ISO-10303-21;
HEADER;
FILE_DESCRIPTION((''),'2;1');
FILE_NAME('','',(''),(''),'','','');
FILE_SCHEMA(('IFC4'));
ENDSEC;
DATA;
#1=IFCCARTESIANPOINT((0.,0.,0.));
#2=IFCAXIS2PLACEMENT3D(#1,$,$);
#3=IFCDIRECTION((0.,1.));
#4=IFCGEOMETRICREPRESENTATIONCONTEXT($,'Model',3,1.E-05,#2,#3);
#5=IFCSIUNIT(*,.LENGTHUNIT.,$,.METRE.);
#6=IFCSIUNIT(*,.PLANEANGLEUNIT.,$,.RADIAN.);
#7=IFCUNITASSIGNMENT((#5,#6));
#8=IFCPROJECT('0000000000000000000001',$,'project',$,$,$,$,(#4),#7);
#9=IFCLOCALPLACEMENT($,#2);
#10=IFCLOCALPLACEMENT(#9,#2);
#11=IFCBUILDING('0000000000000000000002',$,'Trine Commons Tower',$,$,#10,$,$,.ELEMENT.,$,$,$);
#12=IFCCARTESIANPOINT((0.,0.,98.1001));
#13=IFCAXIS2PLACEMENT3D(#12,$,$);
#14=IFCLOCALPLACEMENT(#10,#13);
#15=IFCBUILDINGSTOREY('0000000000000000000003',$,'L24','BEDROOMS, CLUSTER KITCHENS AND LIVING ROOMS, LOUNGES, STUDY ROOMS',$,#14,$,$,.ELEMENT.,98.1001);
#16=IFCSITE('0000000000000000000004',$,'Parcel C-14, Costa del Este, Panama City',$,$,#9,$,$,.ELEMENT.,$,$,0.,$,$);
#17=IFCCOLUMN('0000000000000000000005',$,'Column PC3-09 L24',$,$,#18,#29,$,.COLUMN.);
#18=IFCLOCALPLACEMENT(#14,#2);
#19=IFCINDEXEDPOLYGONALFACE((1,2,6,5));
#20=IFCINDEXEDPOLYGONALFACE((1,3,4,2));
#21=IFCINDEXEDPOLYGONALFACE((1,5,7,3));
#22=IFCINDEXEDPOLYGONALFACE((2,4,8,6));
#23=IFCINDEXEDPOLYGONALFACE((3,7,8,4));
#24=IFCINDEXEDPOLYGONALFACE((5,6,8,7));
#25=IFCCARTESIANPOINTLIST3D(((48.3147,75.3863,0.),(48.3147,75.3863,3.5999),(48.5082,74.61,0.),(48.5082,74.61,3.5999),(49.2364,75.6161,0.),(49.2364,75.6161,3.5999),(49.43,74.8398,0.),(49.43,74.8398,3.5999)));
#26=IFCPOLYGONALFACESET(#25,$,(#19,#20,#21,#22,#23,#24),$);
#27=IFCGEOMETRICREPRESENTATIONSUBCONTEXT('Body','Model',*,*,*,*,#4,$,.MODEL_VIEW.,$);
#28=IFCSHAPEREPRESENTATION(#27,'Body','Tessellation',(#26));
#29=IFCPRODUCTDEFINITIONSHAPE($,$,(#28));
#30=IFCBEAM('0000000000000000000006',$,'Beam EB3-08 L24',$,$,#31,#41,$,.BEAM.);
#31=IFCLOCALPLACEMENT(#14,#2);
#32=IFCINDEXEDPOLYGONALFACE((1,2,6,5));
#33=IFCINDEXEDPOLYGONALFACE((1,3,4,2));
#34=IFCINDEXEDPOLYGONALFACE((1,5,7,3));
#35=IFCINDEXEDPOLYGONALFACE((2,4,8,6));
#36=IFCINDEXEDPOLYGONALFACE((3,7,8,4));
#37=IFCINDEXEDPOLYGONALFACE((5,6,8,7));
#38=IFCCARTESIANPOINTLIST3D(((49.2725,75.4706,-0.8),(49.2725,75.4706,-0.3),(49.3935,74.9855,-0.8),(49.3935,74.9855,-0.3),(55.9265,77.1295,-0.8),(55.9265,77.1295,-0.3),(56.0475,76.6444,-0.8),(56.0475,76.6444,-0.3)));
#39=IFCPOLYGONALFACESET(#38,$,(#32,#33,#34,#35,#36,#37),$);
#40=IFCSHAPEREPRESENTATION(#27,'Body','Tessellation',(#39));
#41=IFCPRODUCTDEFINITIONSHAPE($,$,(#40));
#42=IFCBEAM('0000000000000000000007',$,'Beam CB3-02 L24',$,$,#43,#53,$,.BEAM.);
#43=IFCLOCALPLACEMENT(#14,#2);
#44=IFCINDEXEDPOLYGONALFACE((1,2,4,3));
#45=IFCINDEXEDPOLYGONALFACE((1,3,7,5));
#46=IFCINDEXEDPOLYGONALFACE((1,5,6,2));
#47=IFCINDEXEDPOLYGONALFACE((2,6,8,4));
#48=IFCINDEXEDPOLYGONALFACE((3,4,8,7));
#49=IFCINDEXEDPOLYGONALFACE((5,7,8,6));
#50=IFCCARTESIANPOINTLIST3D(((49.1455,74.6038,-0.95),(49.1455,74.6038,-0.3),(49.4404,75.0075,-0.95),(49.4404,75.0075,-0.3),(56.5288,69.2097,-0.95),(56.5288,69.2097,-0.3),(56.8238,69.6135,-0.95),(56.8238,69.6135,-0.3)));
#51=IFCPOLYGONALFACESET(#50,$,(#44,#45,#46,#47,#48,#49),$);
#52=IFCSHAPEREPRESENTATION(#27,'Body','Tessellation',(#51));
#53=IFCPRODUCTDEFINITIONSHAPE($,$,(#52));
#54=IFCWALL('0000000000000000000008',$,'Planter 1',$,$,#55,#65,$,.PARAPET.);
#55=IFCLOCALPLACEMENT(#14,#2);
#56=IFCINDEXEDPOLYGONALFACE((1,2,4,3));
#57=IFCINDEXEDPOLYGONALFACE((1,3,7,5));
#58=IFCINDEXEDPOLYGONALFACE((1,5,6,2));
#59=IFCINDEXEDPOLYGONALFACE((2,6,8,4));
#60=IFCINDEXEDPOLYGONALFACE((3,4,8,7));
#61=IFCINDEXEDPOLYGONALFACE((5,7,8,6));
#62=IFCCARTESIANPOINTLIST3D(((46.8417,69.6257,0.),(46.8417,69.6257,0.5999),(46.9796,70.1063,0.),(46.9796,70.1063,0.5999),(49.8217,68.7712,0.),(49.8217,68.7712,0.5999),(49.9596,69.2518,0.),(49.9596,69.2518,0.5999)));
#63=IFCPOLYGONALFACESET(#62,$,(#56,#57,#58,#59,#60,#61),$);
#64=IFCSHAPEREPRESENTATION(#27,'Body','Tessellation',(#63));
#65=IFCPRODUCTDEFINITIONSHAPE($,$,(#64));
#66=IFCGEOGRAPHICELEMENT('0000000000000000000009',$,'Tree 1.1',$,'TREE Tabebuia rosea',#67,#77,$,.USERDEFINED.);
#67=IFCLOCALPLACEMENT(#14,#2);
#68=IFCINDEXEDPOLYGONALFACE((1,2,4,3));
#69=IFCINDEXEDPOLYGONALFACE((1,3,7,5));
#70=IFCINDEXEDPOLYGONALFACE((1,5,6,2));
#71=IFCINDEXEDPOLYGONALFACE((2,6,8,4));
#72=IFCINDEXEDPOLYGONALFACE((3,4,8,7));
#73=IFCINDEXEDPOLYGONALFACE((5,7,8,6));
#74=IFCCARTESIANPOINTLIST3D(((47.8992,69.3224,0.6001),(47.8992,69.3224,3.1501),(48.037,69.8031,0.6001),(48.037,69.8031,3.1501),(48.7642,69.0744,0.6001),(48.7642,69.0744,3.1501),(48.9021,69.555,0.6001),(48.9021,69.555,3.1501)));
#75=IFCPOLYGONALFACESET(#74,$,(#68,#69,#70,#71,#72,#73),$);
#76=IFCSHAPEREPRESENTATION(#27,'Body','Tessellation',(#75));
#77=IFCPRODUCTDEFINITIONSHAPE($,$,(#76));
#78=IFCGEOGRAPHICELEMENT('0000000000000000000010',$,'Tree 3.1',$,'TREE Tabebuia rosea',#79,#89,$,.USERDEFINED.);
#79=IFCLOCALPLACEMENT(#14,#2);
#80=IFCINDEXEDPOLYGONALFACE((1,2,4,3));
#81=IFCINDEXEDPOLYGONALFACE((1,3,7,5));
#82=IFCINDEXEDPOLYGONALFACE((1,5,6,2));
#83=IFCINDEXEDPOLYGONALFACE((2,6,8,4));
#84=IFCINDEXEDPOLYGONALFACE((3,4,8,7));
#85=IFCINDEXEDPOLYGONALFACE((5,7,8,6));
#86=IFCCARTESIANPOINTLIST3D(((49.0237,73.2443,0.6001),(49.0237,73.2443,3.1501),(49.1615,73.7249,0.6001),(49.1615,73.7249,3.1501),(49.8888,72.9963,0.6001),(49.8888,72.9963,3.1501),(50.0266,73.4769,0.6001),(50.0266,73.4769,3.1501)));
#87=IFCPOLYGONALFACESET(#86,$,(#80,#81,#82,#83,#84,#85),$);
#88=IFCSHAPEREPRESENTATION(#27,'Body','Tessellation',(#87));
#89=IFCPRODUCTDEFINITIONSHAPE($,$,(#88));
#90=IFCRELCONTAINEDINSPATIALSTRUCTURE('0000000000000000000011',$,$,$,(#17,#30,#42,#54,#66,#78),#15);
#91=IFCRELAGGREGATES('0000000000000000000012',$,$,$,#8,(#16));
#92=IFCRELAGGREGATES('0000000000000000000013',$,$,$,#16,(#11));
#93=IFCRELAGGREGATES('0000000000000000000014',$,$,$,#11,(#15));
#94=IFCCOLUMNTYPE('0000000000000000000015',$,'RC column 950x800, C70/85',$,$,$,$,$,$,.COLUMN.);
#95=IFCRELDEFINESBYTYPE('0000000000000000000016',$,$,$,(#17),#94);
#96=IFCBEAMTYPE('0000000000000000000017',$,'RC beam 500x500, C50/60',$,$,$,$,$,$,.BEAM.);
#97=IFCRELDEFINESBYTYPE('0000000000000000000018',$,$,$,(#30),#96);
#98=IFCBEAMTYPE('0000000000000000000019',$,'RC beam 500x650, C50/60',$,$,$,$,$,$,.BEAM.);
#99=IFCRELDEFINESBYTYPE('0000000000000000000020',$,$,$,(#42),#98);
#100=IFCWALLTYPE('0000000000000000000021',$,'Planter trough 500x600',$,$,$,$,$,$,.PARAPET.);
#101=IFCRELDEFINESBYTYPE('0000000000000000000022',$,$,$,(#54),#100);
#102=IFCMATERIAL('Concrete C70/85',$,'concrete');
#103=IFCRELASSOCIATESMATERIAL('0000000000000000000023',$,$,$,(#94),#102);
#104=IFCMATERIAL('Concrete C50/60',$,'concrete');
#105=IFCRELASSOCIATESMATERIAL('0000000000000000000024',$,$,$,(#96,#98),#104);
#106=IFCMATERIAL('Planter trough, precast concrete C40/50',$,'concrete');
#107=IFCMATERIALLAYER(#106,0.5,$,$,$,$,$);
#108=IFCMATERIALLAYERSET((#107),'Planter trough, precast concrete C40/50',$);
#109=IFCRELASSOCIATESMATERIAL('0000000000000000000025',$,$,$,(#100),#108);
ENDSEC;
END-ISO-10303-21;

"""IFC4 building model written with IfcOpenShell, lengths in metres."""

from ifc_helpers import new_model, si_unit, direction, frame, frame_2d, origin, origin_2d, place, context, subcontext, project, spatial, rectangle, extrude, material, layer, layer_set, material_profile, profile_set, type_object, element, save


model = new_model("IFC4")

# Units and contexts
model_context = context("Model", 3, precision=1e-05, world=origin(), true_north=direction((0.0, 1.0)))
body_context = subcontext(model_context, "Body", "Model", "MODEL_VIEW")
ifc_project = project(units=[si_unit("LENGTHUNIT", "METRE"), si_unit("PLANEANGLEUNIT", "RADIAN")], contexts=[model_context])

# Site, building, storey
site_placement = place(None, origin())
site = spatial("IfcSite", under=ifc_project, at=site_placement, Name="Parcel C-14, Costa del Este, Panama City", CompositionType="ELEMENT", RefElevation=0.0)
building_placement = place(site_placement, origin())
building = spatial("IfcBuilding", under=site, at=building_placement, Name="Trine Commons Tower", CompositionType="ELEMENT")
storey_placement = place(building_placement, frame((0.0, 0.0, 98.1001)))
storey = spatial("IfcBuildingStorey", under=building, at=storey_placement, Name="L24", Description="BEDROOMS, CLUSTER KITCHENS AND LIVING ROOMS, LOUNGES, STUDY ROOMS", CompositionType="ELEMENT", Elevation=98.1001)

# Column
ifc_material_1 = material(Name="Concrete C70/85", Category="concrete")
ifc_material_profile_1 = material_profile(ifc_material_1, rectangle(XDim=0.95, YDim=0.8, at=origin_2d()), Name="RC 950x800")
ifc_profile_set_1 = profile_set([ifc_material_profile_1], Name="Concrete C70/85")
column_type = type_object("IfcColumnType", Name="RC column 950x800, C70/85", PredefinedType="COLUMN", material=ifc_profile_set_1)
column_placement = place(storey_placement, frame((48.8723, 75.113, 0.0), z_axis=(0.0, 0.0, 1.0), x_axis=(0.970296, 0.241922, 0.0)))
element("IfcColumn", 1, at=column_placement, inside=storey, type_object=column_type, Name="Column PC3-09 L24", PredefinedType="COLUMN", context=body_context, shape_type="SweptSolid", body=[
    extrude(rectangle(XDim=0.95, YDim=0.8, at=origin_2d()), origin(), (0.0, 0.0, 1.0), 3.5999),
])

# Beams
ifc_material_2 = material(Name="Concrete C50/60", Category="concrete")
ifc_material_profile_2 = material_profile(ifc_material_2, rectangle(XDim=0.5, YDim=0.5, at=origin_2d()), Name="RC 500x500")
ifc_profile_set_2 = profile_set([ifc_material_profile_2], Name="Concrete C50/60")
beam_type_1 = type_object("IfcBeamType", Name="RC beam 500x500, C50/60", PredefinedType="BEAM", material=ifc_profile_set_2)
beam_1_placement = place(storey_placement, frame((49.333, 75.228, -0.55), z_axis=(0.970299, 0.241907, 0.0), x_axis=(-0.241907, 0.970299, 0.0)))
element("IfcBeam", 2, at=beam_1_placement, inside=storey, type_object=beam_type_1, Name="Beam EB3-08 L24", PredefinedType="BEAM", context=body_context, shape_type="SweptSolid", body=[
    extrude(rectangle(XDim=0.5, YDim=0.5, at=origin_2d()), origin(), (0.0, 0.0, 1.0), 6.8577),
])
ifc_material_profile_3 = material_profile(ifc_material_2, rectangle(XDim=0.5, YDim=0.6499, at=origin_2d()), Name="RC 500x650")
ifc_profile_set_3 = profile_set([ifc_material_profile_3], Name="Concrete C50/60")
beam_type_2 = type_object("IfcBeamType", Name="RC beam 500x650, C50/60", PredefinedType="BEAM", material=ifc_profile_set_3)
beam_2_placement = place(storey_placement, frame((49.293, 74.8057, -0.625), z_axis=(0.807466, -0.589913, 0.0), x_axis=(0.589913, 0.807466, 0.0)))
element("IfcBeam", 3, at=beam_2_placement, inside=storey, type_object=beam_type_2, Name="Beam CB3-02 L24", PredefinedType="BEAM", context=body_context, shape_type="SweptSolid", body=[
    extrude(rectangle(XDim=0.5, YDim=0.6499, at=origin_2d()), origin(), (0.0, 0.0, 1.0), 9.1438),
])

# Wall
ifc_material_3 = material(Name="Planter trough, precast concrete C40/50", Category="concrete")
ifc_layer = layer(ifc_material_3, 0.5)
ifc_layer_set = layer_set([ifc_layer], Name="Planter trough, precast concrete C40/50")
wall_type = type_object("IfcWallType", Name="Planter trough 500x600", PredefinedType="PARAPET", material=ifc_layer_set)
wall_placement = place(storey_placement, frame((46.9106, 69.866, 0.0), z_axis=(0.0, 0.0, 1.0), x_axis=(0.961262, -0.275636, 0.0)))
element("IfcWall", 4, at=wall_placement, inside=storey, type_object=wall_type, Name="Planter 1", PredefinedType="PARAPET", context=body_context, shape_type="SweptSolid", body=[
    extrude(rectangle(XDim=3.1001, YDim=0.5, at=frame_2d((1.55, 0.0))), origin(), (0.0, 0.0, 1.0), 0.5999),
])

# Geographic elements
for number, where, z_axis, x_axis, name in (
    (5, (48.4006, 69.4387, 0.6001), (0.0, 0.0, 1.0), (0.961261, -0.275641, 0.0), "Tree 1.1"),
    (6, (49.5251, 73.3606, 0.6001), (0.0, 0.0, 1.0), (-0.961263, 0.275634, 0.0), "Tree 3.1"),
):
    element("IfcGeographicElement", number, at=place(storey_placement, frame(where, z_axis=z_axis, x_axis=x_axis)), inside=storey, Name=name, ObjectType="TREE Tabebuia rosea", PredefinedType="USERDEFINED", context=body_context, shape_type="SweptSolid", body=[
        extrude(rectangle(XDim=0.8999, YDim=0.5, at=origin_2d()), origin(), (0.0, 0.0, 1.0), 2.55),
    ])

save(model, "model.ifc")
